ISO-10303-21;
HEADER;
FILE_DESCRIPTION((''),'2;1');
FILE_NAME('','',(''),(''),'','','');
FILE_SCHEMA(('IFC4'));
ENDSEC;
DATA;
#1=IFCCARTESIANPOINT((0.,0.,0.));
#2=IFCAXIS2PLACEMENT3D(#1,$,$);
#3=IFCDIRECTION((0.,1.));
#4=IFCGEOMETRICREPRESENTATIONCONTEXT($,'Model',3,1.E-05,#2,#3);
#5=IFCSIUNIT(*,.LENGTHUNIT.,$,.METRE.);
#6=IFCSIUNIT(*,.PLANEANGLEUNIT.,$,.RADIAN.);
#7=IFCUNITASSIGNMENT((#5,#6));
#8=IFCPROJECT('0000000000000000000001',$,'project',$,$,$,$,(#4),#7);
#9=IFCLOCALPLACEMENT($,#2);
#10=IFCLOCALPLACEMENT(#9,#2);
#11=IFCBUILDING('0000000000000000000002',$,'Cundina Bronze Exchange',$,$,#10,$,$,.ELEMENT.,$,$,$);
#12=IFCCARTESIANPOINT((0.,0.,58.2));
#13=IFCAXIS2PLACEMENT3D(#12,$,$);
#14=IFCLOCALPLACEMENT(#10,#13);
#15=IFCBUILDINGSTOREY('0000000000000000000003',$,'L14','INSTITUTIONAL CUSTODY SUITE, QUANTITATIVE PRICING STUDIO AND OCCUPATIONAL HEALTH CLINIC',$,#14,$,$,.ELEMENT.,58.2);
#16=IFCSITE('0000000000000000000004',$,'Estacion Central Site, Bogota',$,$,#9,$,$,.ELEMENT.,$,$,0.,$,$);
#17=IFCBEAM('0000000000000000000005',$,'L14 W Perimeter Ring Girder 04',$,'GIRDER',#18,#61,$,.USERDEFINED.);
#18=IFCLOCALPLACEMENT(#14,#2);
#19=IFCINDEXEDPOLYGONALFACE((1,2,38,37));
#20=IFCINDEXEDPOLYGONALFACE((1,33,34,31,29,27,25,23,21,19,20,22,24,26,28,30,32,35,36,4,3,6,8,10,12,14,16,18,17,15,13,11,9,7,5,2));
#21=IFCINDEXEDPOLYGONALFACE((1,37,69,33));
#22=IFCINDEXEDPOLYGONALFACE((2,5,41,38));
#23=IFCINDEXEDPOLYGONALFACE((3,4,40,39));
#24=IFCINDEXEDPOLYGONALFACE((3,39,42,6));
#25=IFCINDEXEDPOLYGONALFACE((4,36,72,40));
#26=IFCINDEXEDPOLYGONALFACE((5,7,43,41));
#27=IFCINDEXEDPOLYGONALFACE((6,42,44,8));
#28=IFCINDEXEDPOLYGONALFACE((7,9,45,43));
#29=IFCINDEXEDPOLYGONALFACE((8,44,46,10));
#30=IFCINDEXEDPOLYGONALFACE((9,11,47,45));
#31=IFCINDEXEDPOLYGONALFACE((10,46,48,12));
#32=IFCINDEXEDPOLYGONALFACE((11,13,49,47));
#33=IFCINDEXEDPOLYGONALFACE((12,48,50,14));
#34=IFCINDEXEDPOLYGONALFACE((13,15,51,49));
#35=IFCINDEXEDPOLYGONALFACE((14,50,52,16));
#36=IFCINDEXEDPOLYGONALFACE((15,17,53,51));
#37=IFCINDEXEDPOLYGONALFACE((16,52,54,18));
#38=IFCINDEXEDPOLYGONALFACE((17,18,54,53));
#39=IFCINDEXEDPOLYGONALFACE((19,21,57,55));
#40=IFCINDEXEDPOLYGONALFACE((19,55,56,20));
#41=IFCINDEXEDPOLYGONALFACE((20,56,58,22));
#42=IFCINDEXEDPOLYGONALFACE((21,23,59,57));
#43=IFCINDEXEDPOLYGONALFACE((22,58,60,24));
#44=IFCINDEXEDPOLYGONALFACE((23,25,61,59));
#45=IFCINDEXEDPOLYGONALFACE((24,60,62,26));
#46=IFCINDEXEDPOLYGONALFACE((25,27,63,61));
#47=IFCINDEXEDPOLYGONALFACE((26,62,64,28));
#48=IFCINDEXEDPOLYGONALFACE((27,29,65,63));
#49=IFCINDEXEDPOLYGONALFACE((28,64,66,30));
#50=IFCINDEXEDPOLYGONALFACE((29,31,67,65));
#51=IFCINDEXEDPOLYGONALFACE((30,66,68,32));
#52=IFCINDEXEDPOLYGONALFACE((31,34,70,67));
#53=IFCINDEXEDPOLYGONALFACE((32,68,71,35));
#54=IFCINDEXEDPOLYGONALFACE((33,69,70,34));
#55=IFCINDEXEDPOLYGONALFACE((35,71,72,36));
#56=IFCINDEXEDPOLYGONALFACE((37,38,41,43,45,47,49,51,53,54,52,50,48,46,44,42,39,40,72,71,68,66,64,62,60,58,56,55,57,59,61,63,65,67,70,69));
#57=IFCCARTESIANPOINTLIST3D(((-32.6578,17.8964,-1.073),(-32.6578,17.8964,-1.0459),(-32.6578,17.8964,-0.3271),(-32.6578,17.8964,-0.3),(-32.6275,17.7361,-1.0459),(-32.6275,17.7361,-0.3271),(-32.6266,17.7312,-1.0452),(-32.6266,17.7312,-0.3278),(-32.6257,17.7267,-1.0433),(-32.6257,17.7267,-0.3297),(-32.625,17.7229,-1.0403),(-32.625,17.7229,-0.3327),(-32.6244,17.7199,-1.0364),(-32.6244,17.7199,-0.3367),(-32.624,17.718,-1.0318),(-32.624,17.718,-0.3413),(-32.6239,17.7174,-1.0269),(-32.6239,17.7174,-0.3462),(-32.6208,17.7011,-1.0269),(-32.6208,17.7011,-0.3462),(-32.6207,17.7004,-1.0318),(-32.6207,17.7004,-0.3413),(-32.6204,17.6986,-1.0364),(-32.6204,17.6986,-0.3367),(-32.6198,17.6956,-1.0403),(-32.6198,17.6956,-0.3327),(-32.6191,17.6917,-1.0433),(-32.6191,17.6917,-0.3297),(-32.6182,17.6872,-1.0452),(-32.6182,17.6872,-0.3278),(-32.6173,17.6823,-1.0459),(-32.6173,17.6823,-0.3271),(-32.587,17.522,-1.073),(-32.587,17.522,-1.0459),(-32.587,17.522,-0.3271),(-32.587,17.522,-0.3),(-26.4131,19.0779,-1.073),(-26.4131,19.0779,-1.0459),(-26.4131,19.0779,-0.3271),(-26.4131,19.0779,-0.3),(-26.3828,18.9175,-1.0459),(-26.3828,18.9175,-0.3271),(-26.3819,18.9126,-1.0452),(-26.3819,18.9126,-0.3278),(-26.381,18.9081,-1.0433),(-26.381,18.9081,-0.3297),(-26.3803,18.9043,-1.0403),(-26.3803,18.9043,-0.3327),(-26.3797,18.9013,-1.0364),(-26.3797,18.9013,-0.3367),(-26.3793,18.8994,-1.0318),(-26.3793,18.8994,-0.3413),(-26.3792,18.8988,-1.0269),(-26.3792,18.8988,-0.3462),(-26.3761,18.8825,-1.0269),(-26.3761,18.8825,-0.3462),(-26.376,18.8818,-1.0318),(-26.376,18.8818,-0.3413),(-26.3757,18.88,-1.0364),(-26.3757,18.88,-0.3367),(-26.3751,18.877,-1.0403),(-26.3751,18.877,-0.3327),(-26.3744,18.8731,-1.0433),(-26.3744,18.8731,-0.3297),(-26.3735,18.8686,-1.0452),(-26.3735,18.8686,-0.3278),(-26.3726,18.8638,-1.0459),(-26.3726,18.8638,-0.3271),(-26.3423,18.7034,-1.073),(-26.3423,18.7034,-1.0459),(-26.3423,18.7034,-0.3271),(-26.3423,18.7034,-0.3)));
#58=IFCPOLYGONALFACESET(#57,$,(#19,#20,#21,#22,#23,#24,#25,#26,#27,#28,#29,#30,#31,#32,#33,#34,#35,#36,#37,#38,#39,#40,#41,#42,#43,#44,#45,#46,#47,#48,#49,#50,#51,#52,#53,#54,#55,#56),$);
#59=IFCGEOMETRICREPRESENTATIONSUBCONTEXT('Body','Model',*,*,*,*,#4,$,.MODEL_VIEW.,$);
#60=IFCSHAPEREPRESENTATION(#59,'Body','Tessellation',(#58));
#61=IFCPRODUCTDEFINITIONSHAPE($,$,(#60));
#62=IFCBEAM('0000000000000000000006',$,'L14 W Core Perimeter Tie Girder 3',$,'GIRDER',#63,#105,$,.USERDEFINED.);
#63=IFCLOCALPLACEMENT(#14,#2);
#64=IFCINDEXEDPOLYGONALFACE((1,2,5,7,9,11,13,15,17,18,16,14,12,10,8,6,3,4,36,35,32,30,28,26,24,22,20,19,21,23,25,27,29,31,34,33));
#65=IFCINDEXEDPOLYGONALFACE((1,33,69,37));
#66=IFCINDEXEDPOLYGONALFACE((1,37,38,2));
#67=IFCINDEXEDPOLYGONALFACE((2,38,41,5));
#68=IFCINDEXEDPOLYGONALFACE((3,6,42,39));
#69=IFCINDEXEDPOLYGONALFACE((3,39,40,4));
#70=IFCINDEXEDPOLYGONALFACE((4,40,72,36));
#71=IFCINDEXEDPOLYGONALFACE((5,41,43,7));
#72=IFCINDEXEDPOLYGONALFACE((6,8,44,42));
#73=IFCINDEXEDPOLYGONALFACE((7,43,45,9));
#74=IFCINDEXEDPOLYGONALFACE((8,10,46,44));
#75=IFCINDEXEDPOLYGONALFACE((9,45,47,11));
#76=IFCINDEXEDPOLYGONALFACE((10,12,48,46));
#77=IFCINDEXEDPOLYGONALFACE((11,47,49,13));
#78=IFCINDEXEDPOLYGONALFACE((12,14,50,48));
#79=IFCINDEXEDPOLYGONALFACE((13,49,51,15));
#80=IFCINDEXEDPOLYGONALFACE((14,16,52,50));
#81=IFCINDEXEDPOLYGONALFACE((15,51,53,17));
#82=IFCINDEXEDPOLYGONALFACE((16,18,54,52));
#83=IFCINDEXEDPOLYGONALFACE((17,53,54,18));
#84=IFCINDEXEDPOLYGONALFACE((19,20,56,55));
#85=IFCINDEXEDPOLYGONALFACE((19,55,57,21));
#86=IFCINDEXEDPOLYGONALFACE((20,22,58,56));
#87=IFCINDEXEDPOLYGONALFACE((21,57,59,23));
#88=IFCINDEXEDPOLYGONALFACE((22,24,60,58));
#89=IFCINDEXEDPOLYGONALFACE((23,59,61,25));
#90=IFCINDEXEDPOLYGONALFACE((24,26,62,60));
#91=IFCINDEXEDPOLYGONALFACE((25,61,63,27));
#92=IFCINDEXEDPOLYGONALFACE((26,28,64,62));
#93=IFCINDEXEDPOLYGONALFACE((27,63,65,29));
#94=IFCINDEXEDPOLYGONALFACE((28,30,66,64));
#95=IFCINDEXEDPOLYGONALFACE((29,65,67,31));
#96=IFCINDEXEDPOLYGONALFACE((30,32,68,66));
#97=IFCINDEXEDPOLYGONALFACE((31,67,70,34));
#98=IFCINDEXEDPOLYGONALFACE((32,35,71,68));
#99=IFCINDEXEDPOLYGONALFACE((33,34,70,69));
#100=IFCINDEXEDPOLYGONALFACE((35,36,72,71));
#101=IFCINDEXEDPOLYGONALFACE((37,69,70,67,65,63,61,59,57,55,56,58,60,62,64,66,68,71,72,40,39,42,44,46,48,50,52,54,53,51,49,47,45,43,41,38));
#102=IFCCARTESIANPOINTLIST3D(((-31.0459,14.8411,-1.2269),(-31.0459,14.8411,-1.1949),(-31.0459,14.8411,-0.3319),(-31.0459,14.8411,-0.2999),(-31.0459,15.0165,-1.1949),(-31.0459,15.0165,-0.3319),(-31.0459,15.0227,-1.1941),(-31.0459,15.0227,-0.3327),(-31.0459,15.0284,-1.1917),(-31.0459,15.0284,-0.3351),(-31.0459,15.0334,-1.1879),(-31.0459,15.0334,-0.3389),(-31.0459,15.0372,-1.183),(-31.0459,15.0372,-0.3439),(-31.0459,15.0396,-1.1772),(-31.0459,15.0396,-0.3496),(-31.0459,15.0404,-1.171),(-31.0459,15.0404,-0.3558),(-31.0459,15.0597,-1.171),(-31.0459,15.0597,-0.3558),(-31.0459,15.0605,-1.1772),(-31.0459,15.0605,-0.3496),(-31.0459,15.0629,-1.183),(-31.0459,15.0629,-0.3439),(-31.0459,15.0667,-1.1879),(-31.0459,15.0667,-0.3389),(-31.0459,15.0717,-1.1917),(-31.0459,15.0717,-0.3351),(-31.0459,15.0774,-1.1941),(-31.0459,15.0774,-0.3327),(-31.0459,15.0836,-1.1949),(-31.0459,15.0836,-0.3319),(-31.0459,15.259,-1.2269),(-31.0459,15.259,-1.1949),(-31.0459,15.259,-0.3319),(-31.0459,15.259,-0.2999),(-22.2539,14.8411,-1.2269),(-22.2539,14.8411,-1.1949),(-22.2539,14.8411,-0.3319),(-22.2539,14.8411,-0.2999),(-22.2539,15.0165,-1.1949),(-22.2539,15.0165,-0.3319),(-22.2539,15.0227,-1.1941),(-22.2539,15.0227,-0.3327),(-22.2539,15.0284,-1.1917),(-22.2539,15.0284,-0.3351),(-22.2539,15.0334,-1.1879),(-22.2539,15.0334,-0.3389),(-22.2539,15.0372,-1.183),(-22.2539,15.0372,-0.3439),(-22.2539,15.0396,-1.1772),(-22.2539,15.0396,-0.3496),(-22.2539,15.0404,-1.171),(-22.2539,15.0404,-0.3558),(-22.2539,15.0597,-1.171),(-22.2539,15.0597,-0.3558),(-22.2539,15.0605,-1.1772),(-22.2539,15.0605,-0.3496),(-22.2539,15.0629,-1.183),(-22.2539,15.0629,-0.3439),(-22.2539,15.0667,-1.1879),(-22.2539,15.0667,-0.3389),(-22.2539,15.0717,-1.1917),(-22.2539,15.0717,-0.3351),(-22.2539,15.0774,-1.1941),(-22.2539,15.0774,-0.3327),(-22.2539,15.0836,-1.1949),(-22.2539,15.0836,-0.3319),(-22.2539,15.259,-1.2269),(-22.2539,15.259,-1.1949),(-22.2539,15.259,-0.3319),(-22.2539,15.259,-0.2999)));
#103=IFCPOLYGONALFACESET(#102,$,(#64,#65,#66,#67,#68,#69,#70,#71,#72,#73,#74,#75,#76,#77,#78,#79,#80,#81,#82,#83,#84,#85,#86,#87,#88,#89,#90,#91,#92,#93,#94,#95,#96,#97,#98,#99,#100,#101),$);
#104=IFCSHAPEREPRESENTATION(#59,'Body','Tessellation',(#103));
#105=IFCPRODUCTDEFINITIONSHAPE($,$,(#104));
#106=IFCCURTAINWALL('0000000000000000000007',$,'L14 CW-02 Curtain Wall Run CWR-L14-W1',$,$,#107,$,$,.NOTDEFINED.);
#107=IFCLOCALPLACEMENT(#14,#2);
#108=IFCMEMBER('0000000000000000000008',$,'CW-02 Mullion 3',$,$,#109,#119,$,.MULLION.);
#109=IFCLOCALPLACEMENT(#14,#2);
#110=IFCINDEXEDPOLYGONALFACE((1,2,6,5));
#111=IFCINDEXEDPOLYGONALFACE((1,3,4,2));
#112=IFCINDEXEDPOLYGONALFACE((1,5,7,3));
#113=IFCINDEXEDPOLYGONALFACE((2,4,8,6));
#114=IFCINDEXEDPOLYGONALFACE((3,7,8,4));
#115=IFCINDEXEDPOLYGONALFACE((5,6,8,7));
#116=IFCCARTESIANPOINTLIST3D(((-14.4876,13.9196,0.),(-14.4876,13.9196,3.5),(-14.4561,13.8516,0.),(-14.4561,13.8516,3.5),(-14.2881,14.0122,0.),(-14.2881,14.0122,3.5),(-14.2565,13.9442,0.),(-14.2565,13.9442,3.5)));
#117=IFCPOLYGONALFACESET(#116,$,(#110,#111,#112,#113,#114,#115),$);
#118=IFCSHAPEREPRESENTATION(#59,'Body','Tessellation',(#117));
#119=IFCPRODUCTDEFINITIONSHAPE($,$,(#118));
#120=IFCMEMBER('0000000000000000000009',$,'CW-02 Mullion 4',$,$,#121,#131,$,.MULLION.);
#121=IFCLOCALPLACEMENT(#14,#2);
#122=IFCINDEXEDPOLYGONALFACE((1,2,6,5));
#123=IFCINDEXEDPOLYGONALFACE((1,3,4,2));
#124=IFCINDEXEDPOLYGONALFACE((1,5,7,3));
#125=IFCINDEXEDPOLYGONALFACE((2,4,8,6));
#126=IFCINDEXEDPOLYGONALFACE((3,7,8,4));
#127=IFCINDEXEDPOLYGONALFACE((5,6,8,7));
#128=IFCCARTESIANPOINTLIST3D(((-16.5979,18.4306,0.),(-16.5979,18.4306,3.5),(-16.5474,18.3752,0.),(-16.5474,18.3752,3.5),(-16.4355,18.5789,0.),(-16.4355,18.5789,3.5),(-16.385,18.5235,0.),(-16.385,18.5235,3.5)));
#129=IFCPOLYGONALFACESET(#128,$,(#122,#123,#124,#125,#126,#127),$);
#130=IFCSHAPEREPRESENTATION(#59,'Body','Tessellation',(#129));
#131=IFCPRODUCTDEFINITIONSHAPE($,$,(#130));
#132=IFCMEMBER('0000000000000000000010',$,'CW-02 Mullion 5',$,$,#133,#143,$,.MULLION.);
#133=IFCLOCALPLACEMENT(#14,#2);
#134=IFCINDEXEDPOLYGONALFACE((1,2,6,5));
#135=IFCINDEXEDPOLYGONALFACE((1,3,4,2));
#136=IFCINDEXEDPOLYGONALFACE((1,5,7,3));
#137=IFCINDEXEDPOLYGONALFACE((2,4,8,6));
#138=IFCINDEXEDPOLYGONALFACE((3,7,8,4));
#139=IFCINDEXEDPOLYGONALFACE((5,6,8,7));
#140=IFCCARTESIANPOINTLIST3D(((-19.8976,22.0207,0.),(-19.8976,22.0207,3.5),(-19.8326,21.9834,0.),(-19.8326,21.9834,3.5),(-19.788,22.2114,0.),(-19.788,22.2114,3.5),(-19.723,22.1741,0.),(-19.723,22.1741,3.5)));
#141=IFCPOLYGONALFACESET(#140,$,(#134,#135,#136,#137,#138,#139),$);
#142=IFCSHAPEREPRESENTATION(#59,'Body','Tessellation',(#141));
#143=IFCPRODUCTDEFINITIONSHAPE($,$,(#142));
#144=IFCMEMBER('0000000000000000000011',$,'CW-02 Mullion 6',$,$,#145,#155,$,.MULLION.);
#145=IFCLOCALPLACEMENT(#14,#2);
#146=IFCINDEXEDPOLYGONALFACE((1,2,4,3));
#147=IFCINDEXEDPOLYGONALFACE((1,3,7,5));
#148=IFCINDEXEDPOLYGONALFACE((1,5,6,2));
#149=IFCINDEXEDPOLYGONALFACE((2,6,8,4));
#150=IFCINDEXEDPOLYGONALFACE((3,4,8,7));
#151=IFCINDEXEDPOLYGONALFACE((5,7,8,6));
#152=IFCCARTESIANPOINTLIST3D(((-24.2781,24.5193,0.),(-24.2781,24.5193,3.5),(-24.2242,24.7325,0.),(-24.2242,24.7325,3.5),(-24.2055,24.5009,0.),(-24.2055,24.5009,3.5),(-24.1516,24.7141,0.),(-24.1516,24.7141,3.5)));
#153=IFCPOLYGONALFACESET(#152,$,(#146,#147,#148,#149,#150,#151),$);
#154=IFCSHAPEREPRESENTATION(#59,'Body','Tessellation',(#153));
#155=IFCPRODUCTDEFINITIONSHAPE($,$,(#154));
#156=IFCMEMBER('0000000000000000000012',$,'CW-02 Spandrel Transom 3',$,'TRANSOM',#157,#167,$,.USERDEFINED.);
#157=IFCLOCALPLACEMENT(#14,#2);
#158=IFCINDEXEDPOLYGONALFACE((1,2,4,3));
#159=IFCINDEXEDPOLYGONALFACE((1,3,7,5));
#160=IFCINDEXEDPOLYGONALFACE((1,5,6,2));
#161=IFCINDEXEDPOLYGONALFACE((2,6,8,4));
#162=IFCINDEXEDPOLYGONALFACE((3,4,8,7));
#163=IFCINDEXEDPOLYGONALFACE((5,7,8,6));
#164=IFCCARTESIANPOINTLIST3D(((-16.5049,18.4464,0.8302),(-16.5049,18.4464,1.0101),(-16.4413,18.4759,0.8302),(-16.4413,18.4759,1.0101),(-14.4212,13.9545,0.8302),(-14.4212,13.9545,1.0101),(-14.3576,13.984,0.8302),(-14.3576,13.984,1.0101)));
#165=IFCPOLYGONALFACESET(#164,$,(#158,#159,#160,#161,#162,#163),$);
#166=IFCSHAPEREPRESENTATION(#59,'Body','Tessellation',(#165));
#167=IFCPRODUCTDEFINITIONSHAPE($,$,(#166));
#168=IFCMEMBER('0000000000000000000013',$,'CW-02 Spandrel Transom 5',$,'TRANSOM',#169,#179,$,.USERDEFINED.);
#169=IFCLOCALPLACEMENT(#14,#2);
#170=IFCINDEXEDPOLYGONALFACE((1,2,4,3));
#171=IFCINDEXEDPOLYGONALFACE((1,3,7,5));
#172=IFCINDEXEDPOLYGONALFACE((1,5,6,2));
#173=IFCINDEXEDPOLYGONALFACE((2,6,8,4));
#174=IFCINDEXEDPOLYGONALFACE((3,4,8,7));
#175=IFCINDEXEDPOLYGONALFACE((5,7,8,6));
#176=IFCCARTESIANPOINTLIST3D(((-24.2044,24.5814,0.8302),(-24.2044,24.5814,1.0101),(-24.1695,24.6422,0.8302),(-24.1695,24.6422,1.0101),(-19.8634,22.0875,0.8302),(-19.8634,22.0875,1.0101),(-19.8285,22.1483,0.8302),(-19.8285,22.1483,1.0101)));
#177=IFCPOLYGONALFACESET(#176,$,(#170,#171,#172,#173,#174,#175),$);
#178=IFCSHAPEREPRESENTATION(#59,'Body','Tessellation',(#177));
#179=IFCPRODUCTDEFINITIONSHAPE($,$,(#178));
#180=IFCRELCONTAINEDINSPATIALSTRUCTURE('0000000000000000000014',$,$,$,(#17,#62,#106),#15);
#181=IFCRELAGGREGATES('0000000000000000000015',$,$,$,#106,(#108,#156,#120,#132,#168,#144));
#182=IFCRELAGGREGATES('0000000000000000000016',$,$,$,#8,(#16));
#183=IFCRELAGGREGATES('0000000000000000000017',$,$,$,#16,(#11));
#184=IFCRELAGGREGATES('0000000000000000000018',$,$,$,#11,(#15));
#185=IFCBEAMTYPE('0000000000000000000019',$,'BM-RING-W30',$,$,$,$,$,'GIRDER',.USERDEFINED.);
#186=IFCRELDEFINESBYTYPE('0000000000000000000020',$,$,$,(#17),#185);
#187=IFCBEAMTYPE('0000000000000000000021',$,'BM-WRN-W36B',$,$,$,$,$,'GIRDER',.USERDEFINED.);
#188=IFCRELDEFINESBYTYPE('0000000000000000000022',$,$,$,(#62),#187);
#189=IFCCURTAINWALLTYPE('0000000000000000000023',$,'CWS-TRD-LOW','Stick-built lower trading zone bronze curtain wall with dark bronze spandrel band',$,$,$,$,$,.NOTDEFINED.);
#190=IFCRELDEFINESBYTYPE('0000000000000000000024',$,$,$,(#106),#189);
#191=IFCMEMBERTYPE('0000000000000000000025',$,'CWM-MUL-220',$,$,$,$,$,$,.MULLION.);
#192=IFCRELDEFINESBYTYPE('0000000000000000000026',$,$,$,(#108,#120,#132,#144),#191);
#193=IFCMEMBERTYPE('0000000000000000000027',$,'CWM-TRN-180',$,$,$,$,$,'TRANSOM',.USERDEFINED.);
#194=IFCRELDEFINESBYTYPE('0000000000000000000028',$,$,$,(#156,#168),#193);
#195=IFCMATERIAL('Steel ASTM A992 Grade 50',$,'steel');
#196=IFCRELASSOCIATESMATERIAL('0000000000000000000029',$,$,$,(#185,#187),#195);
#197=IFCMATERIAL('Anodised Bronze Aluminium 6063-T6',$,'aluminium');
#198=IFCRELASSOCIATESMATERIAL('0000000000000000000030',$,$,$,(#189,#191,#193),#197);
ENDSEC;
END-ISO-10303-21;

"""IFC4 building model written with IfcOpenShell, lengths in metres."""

from ifc_helpers import new_model, si_unit, direction, frame, origin, origin_2d, place, context, subcontext, project, spatial, rectangle, i_section, extrude, material, material_profile, profile_set, type_object, element, aggregate, save


model = new_model("IFC4")

# Units and contexts
model_context = context("Model", 3, precision=1e-05, world=origin(), true_north=direction((0.0, 1.0)))
body_context = subcontext(model_context, "Body", "Model", "MODEL_VIEW")
ifc_project = project(units=[si_unit("LENGTHUNIT", "METRE"), si_unit("PLANEANGLEUNIT", "RADIAN")], contexts=[model_context])

# Site, building, storey
site_placement = place(None, origin())
site = spatial("IfcSite", under=ifc_project, at=site_placement, Name="Estacion Central Site, Bogota", CompositionType="ELEMENT", RefElevation=0.0)
building_placement = place(site_placement, origin())
building = spatial("IfcBuilding", under=site, at=building_placement, Name="Cundina Bronze Exchange", CompositionType="ELEMENT")
storey_placement = place(building_placement, frame((0.0, 0.0, 58.2)))
storey = spatial("IfcBuildingStorey", under=building, at=storey_placement, Name="L14", Description="INSTITUTIONAL CUSTODY SUITE, QUANTITATIVE PRICING STUDIO AND OCCUPATIONAL HEALTH CLINIC", CompositionType="ELEMENT", Elevation=58.2)

# Shared definitions
ifc_material_1 = material(Name="Steel ASTM A992 Grade 50", Category="steel")

# Beams
ifc_material_profile_1 = material_profile(ifc_material_1, i_section(OverallWidth=0.3811, OverallDepth=0.7729, WebThickness=0.0166, FlangeThickness=0.0271, FilletRadius=0.019, at=origin_2d()), Name="W30X173", Category="steel")
ifc_profile_set_1 = profile_set([ifc_material_profile_1], Name="Steel ASTM A992 Grade 50")
beam_type_1 = type_object("IfcBeamType", Name="BM-RING-W30", ElementType="GIRDER", PredefinedType="USERDEFINED", material=ifc_profile_set_1)
beam_1_placement = place(storey_placement, frame((-26.3777, 18.8906, -0.6865), z_axis=(-0.982571, -0.185889, 0.0), x_axis=(0.185889, -0.982571, 0.0)))
element("IfcBeam", 1, at=beam_1_placement, inside=storey, type_object=beam_type_1, Name="L14 W Perimeter Ring Girder 04", ObjectType="GIRDER", PredefinedType="USERDEFINED", context=body_context, shape_type="SweptSolid", body=[
    extrude(i_section(OverallWidth=0.3811, OverallDepth=0.7729, WebThickness=0.0166, FlangeThickness=0.0271, FilletRadius=0.019, at=origin_2d()), origin(), (0.0, 0.0, 1.0), 6.3555),
])
ifc_material_profile_2 = material_profile(ifc_material_1, i_section(OverallWidth=0.418, OverallDepth=0.927, WebThickness=0.0193, FlangeThickness=0.032, FilletRadius=0.0239, at=origin_2d()), Name="W36X231", Category="steel")
ifc_profile_set_2 = profile_set([ifc_material_profile_2], Name="Steel ASTM A992 Grade 50")
beam_type_2 = type_object("IfcBeamType", Name="BM-WRN-W36B", ElementType="GIRDER", PredefinedType="USERDEFINED", material=ifc_profile_set_2)
beam_2_placement = place(storey_placement, frame((-22.2539, 15.05, -0.7634), z_axis=(-1.0, 0.0, 0.0), x_axis=(0.0, -1.0, 0.0)))
element("IfcBeam", 2, at=beam_2_placement, inside=storey, type_object=beam_type_2, Name="L14 W Core Perimeter Tie Girder 3", ObjectType="GIRDER", PredefinedType="USERDEFINED", context=body_context, shape_type="SweptSolid", body=[
    extrude(i_section(OverallWidth=0.418, OverallDepth=0.927, WebThickness=0.0193, FlangeThickness=0.032, FilletRadius=0.0239, at=origin_2d()), origin(), (0.0, 0.0, 1.0), 8.792),
])

# Curtain wall, members
ifc_material_2 = material(Name="Anodised Bronze Aluminium 6063-T6", Category="aluminium")
curtain_wall_type = type_object("IfcCurtainWallType", Name="CWS-TRD-LOW", Description="Stick-built lower trading zone bronze curtain wall with dark bronze spandrel band", PredefinedType="NOTDEFINED", material=ifc_material_2)
curtain_wall_placement = place(storey_placement, origin())
curtain_wall = element("IfcCurtainWall", 3, at=curtain_wall_placement, inside=storey, type_object=curtain_wall_type, Name="L14 CW-02 Curtain Wall Run CWR-L14-W1", PredefinedType="NOTDEFINED")
ifc_material_profile_3 = material_profile(ifc_material_2, rectangle(XDim=0.075, YDim=0.22, at=origin_2d()), Name="AL75X220", Category="aluminium")
ifc_profile_set_3 = profile_set([ifc_material_profile_3], Name="Anodised Bronze Aluminium 6063-T6")
member_type_1 = type_object("IfcMemberType", Name="CWM-MUL-220", PredefinedType="MULLION", material=ifc_profile_set_3)
member_1_placement = place(storey_placement, frame((-14.3721, 13.9319, 0.0), z_axis=(0.0, 0.0, 1.0), x_axis=(-0.420877, 0.907117, 0.0)))
member_1 = element("IfcMember", 4, at=member_1_placement, type_object=member_type_1, Name="CW-02 Mullion 3", PredefinedType="MULLION", context=body_context, shape_type="SweptSolid", body=[
    extrude(rectangle(XDim=0.075, YDim=0.22, at=origin_2d()), origin(), (0.0, 0.0, 1.0), 3.5),
])
member_2_placement = place(storey_placement, frame((-16.4915, 18.4771, 0.0), z_axis=(0.0, 0.0, 1.0), x_axis=(-0.674302, 0.738455, 0.0)))
member_2 = element("IfcMember", 5, at=member_2_placement, type_object=member_type_1, Name="CW-02 Mullion 4", PredefinedType="MULLION", context=body_context, shape_type="SweptSolid", body=[
    extrude(rectangle(XDim=0.075, YDim=0.22, at=origin_2d()), origin(), (0.0, 0.0, 1.0), 3.5),
])
member_3_placement = place(storey_placement, frame((-19.8103, 22.0974, 0.0), z_axis=(0.0, 0.0, 1.0), x_axis=(-0.867071, 0.498185, 0.0)))
member_3 = element("IfcMember", 6, at=member_3_placement, type_object=member_type_1, Name="CW-02 Mullion 5", PredefinedType="MULLION", context=body_context, shape_type="SweptSolid", body=[
    extrude(rectangle(XDim=0.075, YDim=0.22, at=origin_2d()), origin(), (0.0, 0.0, 1.0), 3.5),
])
member_4_placement = place(storey_placement, frame((-24.2148, 24.6167, 0.0), z_axis=(0.0, 0.0, 1.0), x_axis=(-0.969488, 0.245138, 0.0)))
member_4 = element("IfcMember", 7, at=member_4_placement, type_object=member_type_1, Name="CW-02 Mullion 6", PredefinedType="MULLION", context=body_context, shape_type="SweptSolid", body=[
    extrude(rectangle(XDim=0.075, YDim=0.22, at=origin_2d()), origin(), (0.0, 0.0, 1.0), 3.5),
])
ifc_material_profile_4 = material_profile(ifc_material_2, rectangle(XDim=0.0701, YDim=0.1799, at=origin_2d()), Name="AL70X180", Category="aluminium")
ifc_profile_set_4 = profile_set([ifc_material_profile_4], Name="Anodised Bronze Aluminium 6063-T6")
member_type_2 = type_object("IfcMemberType", Name="CWM-TRN-180", ElementType="TRANSOM", PredefinedType="USERDEFINED", material=ifc_profile_set_4)
member_5_placement = place(storey_placement, frame((-14.3894, 13.9692, 0.9202), z_axis=(-0.420811, 0.907148, 0.0), x_axis=(-0.907148, -0.420811, 0.0)))
member_5 = element("IfcMember", 8, at=member_5_placement, type_object=member_type_2, Name="CW-02 Spandrel Transom 3", ObjectType="TRANSOM", PredefinedType="USERDEFINED", context=body_context, shape_type="SweptSolid", body=[
    extrude(rectangle(XDim=0.0701, YDim=0.1799, at=origin_2d()), origin(), (0.0, 0.0, 1.0), 4.9517),
])
member_6_placement = place(storey_placement, frame((-19.8459, 22.1179, 0.9202), z_axis=(-0.867097, 0.498139, 0.0), x_axis=(-0.498139, -0.867097, 0.0)))
member_6 = element("IfcMember", 9, at=member_6_placement, type_object=member_type_2, Name="CW-02 Spandrel Transom 5", ObjectType="TRANSOM", PredefinedType="USERDEFINED", context=body_context, shape_type="SweptSolid", body=[
    extrude(rectangle(XDim=0.0701, YDim=0.1799, at=origin_2d()), origin(), (0.0, 0.0, 1.0), 5.0063),
])
aggregate(curtain_wall, [member_1, member_5, member_2, member_3, member_6, member_4])

save(model, "model.ifc")
